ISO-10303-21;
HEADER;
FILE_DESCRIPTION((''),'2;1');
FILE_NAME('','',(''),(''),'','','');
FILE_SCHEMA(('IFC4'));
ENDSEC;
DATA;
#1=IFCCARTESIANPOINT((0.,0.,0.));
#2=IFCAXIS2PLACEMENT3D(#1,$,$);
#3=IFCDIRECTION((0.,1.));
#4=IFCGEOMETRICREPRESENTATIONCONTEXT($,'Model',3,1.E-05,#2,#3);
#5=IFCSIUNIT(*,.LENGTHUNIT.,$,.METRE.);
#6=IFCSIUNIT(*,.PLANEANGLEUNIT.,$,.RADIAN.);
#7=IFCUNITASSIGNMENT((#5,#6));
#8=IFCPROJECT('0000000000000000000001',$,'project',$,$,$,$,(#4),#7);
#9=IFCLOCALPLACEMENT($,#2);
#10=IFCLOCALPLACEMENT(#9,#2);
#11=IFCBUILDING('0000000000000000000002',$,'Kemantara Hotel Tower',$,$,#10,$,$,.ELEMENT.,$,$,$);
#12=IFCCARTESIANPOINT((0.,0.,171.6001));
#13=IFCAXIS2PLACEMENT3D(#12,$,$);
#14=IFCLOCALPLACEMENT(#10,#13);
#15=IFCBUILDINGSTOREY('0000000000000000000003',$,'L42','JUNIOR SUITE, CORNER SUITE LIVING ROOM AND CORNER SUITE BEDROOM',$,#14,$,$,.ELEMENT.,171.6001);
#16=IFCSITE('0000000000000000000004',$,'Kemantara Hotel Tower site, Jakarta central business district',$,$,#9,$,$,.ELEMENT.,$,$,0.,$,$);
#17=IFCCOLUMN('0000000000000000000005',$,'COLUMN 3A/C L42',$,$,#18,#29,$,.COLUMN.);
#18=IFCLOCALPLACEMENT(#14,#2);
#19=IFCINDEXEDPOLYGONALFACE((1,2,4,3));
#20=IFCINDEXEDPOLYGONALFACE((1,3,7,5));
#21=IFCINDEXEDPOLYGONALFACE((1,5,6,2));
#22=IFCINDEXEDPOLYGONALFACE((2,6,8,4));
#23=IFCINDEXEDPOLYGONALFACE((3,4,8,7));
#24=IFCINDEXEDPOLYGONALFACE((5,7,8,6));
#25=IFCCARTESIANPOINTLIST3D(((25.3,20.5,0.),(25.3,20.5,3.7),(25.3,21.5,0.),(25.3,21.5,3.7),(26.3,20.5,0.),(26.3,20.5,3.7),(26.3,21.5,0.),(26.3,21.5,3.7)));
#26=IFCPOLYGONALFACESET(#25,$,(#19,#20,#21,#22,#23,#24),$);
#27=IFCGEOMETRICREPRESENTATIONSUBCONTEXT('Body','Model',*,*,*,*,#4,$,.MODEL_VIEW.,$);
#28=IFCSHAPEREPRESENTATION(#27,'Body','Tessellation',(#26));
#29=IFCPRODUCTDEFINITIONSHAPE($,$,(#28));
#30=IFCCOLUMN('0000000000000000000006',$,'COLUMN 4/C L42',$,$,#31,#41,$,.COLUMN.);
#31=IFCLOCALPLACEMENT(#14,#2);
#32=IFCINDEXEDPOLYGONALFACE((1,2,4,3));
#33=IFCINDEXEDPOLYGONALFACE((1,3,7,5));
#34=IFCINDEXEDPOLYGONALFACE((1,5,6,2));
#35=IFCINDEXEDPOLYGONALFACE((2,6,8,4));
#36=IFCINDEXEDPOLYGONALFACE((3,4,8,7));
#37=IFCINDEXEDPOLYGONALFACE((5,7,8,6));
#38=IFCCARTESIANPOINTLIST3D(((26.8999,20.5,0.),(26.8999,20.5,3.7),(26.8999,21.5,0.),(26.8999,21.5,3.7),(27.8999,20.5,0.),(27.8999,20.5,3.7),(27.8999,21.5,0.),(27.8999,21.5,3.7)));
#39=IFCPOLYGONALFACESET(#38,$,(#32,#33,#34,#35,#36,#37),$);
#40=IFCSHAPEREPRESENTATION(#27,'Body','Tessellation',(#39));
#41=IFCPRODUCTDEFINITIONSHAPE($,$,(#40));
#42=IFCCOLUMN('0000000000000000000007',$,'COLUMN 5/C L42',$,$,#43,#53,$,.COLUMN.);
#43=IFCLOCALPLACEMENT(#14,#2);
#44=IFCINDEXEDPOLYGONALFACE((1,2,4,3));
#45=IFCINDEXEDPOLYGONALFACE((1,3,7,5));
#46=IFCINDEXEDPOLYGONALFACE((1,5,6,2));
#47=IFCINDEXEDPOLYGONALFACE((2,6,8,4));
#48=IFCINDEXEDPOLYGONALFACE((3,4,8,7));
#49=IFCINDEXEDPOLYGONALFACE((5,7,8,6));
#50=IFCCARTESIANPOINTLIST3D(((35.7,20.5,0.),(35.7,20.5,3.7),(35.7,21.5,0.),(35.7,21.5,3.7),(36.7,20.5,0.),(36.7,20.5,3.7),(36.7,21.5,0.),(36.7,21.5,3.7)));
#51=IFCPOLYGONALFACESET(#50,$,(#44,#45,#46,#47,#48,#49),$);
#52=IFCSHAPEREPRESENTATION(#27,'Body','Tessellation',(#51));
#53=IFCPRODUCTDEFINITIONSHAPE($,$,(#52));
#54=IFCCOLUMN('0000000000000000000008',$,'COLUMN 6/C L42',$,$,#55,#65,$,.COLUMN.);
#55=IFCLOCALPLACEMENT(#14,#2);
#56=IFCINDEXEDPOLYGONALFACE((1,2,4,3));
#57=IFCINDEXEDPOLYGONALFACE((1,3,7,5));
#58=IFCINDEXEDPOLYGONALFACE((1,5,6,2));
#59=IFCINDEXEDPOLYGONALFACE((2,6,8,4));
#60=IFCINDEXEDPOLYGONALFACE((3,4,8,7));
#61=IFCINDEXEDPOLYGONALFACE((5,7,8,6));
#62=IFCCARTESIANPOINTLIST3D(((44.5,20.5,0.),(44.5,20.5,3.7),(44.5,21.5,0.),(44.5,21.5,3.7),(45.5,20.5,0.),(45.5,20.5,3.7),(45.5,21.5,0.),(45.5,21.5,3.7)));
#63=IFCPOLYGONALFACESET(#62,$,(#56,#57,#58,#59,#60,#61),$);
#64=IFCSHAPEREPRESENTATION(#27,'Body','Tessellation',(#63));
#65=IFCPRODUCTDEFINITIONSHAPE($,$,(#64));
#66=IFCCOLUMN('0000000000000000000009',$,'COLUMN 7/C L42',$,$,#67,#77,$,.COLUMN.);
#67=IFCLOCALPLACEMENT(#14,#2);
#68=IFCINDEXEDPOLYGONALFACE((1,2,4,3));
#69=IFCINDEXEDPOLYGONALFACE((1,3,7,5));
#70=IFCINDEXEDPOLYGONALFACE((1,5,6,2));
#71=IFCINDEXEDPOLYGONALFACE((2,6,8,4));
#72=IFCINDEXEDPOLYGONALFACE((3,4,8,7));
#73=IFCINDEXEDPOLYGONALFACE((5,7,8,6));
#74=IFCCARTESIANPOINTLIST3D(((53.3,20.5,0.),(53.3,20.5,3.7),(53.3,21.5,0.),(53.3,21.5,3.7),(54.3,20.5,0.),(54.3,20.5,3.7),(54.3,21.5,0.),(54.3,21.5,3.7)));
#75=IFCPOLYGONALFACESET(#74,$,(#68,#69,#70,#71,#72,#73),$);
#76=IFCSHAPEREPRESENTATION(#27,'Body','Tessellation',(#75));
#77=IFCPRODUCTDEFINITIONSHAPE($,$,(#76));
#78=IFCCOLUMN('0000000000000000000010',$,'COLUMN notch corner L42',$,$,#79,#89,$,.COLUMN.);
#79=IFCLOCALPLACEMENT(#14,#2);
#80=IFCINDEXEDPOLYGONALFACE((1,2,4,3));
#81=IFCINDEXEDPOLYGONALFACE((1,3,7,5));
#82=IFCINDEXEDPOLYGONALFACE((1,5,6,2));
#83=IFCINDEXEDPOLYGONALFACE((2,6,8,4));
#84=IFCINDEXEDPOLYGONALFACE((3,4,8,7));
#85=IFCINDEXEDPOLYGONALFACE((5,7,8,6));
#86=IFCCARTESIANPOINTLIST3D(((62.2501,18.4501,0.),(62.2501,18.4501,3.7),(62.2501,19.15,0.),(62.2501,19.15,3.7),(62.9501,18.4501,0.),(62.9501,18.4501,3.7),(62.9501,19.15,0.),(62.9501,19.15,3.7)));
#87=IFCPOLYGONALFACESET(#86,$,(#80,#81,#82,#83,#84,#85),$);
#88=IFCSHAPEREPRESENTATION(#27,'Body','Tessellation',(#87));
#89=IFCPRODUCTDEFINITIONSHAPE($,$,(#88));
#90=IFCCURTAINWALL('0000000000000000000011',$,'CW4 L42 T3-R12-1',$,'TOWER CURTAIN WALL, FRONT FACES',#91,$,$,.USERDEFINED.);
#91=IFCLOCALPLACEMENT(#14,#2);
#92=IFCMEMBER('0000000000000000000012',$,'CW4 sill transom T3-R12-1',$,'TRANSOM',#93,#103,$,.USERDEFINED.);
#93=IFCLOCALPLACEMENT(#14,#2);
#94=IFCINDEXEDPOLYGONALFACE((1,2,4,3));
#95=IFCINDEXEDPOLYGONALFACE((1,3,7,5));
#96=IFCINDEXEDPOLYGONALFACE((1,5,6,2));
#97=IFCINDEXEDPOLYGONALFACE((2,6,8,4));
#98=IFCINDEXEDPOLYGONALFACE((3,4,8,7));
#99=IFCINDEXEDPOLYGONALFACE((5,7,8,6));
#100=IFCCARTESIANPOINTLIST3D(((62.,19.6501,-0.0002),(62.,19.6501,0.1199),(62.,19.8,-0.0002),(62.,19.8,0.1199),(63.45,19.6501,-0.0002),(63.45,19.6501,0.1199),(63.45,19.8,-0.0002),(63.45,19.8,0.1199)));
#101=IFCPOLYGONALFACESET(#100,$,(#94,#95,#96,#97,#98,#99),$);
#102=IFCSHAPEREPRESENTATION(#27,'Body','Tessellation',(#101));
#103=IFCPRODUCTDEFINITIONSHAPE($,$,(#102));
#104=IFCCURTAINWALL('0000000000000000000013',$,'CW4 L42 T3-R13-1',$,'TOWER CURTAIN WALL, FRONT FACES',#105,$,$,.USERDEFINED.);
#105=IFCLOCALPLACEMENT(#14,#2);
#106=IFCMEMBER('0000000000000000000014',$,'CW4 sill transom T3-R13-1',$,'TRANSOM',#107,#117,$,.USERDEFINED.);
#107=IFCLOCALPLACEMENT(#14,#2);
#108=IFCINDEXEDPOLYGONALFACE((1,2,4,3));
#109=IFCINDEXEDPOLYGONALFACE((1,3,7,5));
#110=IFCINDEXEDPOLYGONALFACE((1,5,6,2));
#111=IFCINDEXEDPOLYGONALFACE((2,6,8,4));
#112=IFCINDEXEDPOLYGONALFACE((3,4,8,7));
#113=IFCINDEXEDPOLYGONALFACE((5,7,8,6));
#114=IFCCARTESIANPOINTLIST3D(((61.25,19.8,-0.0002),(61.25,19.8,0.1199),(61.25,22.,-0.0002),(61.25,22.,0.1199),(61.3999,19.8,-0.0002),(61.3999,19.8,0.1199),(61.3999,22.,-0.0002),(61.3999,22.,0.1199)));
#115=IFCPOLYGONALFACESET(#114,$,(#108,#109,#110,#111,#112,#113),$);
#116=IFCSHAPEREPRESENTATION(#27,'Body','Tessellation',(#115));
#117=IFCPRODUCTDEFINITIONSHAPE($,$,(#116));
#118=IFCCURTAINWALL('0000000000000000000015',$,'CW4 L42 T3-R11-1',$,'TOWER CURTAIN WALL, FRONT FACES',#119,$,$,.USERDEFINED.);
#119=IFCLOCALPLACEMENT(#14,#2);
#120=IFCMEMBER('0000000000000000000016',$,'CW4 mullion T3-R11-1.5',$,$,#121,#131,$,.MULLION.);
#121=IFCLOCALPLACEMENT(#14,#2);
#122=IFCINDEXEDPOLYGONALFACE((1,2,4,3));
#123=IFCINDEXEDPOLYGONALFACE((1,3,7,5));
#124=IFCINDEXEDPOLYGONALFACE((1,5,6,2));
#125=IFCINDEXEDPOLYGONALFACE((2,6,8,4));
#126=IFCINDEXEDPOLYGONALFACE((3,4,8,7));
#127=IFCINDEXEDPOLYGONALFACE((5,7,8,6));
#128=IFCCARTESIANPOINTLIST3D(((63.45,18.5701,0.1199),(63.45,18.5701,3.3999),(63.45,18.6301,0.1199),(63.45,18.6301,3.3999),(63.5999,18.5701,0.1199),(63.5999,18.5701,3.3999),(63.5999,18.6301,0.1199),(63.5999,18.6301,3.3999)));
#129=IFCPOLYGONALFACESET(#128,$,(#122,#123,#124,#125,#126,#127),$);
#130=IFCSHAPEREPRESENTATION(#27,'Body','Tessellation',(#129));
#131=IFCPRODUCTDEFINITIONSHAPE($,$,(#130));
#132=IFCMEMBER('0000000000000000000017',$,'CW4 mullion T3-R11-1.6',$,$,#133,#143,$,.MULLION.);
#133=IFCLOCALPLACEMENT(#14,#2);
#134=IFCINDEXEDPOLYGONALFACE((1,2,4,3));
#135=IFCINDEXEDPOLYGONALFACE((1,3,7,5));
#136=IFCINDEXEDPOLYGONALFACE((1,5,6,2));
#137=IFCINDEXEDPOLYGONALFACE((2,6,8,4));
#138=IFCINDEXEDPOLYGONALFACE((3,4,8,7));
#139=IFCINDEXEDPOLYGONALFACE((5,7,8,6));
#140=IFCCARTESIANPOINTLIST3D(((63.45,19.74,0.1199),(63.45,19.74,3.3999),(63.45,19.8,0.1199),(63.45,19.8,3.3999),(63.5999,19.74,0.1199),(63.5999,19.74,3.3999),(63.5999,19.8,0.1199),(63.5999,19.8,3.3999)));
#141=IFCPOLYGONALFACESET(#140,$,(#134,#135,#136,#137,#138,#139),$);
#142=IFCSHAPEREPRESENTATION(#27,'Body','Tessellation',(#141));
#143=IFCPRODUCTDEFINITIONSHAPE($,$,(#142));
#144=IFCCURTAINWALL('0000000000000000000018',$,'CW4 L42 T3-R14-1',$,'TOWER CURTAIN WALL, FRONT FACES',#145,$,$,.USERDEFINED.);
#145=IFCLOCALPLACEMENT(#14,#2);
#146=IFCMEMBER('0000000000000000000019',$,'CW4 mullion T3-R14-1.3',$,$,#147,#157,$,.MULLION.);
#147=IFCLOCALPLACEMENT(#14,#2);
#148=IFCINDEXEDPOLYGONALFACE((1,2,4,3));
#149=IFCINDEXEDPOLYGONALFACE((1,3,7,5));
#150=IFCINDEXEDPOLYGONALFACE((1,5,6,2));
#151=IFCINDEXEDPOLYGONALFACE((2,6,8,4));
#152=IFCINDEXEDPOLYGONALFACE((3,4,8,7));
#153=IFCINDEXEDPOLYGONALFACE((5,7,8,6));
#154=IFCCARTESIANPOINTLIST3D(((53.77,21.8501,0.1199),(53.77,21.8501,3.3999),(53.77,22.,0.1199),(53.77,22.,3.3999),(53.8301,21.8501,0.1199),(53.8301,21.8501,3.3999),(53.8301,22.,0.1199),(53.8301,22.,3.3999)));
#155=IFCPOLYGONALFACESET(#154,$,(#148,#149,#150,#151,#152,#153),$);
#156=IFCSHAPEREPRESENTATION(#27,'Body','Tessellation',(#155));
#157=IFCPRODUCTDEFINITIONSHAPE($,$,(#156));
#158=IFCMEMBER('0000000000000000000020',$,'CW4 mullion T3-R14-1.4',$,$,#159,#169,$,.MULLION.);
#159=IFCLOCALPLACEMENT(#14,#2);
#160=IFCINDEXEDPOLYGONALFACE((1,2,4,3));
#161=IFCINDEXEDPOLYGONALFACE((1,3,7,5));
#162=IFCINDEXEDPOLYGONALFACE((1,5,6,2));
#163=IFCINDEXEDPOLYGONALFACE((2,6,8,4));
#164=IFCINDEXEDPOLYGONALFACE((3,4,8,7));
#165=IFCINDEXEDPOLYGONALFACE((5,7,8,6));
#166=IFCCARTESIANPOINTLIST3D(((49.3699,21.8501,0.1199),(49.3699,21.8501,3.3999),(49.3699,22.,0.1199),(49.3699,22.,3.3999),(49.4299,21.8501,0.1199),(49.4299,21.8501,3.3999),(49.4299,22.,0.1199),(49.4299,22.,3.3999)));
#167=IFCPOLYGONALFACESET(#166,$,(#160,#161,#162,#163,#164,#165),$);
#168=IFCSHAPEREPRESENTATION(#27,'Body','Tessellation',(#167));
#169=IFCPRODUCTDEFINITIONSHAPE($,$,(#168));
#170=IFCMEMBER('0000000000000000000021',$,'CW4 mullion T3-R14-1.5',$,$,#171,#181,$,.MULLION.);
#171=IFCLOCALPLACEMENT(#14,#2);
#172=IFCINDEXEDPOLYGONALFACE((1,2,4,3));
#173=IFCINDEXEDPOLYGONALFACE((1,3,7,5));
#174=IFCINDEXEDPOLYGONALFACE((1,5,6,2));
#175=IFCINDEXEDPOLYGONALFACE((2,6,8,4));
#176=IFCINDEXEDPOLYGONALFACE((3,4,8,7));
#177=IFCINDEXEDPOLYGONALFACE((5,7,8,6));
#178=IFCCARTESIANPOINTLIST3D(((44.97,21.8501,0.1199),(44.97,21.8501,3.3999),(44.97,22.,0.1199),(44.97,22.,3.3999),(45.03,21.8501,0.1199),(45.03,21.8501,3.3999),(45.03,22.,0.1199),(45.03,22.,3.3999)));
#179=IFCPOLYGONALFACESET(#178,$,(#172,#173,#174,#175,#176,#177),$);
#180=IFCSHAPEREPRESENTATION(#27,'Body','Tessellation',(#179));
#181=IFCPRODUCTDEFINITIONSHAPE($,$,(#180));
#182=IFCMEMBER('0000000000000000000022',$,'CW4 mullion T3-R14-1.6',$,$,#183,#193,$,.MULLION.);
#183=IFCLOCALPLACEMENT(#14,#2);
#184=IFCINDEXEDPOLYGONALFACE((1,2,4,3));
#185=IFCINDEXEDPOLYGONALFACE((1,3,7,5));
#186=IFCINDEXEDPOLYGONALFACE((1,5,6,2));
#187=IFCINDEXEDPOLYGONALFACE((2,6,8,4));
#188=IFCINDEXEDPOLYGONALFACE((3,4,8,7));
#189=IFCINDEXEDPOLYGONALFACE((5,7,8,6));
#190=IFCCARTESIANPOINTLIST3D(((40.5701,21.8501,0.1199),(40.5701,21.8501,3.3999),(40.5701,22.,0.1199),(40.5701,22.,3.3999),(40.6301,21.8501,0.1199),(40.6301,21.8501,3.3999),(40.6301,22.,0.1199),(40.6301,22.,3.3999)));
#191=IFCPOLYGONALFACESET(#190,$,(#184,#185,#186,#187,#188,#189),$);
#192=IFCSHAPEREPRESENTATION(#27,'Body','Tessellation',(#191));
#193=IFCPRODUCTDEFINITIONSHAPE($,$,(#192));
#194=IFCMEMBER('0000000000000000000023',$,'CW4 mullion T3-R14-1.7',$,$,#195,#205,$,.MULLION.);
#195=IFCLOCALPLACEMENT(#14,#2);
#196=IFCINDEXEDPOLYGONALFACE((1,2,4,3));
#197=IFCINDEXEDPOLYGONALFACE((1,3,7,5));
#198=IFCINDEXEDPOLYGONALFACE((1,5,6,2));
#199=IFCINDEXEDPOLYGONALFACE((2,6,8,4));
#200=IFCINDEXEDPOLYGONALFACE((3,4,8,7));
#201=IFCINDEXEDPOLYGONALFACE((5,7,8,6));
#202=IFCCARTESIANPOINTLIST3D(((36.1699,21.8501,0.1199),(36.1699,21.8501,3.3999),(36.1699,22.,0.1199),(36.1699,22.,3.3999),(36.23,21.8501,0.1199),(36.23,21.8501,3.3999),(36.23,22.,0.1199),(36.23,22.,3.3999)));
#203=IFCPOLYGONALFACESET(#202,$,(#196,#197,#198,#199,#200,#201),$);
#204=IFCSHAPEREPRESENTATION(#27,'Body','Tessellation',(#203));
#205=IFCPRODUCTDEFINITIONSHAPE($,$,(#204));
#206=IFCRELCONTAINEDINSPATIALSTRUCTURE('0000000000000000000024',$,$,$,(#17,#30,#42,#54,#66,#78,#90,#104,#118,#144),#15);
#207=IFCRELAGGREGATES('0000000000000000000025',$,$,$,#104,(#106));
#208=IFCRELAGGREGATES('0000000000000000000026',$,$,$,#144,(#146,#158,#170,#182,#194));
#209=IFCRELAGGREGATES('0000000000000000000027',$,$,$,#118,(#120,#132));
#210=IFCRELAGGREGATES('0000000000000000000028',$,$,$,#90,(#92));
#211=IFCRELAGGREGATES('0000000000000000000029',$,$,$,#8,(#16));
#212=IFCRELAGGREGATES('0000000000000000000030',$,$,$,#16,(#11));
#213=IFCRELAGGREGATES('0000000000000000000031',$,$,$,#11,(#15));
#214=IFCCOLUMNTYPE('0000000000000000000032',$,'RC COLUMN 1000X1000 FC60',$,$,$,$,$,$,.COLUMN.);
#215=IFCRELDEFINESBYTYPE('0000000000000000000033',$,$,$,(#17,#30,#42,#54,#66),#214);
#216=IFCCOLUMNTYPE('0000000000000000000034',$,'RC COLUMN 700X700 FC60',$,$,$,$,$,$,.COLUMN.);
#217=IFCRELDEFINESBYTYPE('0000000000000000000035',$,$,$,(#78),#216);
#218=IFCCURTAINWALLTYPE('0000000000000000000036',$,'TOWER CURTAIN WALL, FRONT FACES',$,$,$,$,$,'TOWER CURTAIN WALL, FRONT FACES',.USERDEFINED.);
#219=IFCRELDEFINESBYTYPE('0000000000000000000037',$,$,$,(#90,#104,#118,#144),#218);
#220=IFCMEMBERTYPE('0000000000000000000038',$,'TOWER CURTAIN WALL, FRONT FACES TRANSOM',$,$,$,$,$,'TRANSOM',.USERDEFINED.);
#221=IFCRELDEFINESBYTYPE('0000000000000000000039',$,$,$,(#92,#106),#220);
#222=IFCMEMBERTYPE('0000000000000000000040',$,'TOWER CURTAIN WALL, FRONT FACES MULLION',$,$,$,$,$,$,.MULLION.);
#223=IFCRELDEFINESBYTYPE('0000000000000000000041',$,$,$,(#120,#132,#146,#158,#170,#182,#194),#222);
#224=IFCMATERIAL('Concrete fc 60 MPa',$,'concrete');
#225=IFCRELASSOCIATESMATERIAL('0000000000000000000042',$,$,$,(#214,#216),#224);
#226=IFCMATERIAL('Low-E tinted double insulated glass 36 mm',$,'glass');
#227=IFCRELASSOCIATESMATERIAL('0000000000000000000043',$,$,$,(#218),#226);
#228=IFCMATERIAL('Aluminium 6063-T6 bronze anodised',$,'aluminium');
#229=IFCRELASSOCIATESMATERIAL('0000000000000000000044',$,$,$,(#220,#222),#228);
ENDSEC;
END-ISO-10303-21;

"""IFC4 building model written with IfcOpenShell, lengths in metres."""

from ifc_helpers import new_model, si_unit, direction, frame, origin, origin_2d, place, context, subcontext, project, spatial, rectangle, extrude, source, transform, mapped, material, material_profile, profile_set, type_object, element, aggregate, save


model = new_model("IFC4")

# Units and contexts
model_context = context("Model", 3, precision=1e-05, world=origin(), true_north=direction((0.0, 1.0)))
body_context = subcontext(model_context, "Body", "Model", "MODEL_VIEW")
ifc_project = project(units=[si_unit("LENGTHUNIT", "METRE"), si_unit("PLANEANGLEUNIT", "RADIAN")], contexts=[model_context])

# Site, building, storey
site_placement = place(None, origin())
site = spatial("IfcSite", under=ifc_project, at=site_placement, Name="Kemantara Hotel Tower site, Jakarta central business district", CompositionType="ELEMENT", RefElevation=0.0)
building_placement = place(site_placement, origin())
building = spatial("IfcBuilding", under=site, at=building_placement, Name="Kemantara Hotel Tower", CompositionType="ELEMENT")
storey_placement = place(building_placement, frame((0.0, 0.0, 171.6001)))
storey = spatial("IfcBuildingStorey", under=building, at=storey_placement, Name="L42", Description="JUNIOR SUITE, CORNER SUITE LIVING ROOM AND CORNER SUITE BEDROOM", CompositionType="ELEMENT", Elevation=171.6001)

# Columns
ifc_material_1 = material(Name="Concrete fc 60 MPa", Category="concrete")
ifc_material_profile_1 = material_profile(ifc_material_1, rectangle(XDim=1.0, YDim=1.0, at=origin_2d()), Name="RC 1000X1000")
ifc_profile_set_1 = profile_set([ifc_material_profile_1], Name="Concrete fc 60 MPa")
column_type_1 = type_object("IfcColumnType", Name="RC COLUMN 1000X1000 FC60", PredefinedType="COLUMN", material=ifc_profile_set_1)
for number, where, z_axis, x_axis, name in (
    (1, (25.8, 21.0, 0.0), (0.0, 0.0, 1.0), (1.0, 0.0, 0.0), "COLUMN 3A/C L42"),
    (2, (27.3999, 21.0, 0.0), (0.0, 0.0, 1.0), (1.0, 0.0, 0.0), "COLUMN 4/C L42"),
    (3, (36.2, 21.0, 0.0), (0.0, 0.0, 1.0), (1.0, 0.0, 0.0), "COLUMN 5/C L42"),
    (4, (45.0, 21.0, 0.0), (0.0, 0.0, 1.0), (1.0, 0.0, 0.0), "COLUMN 6/C L42"),
    (5, (53.8, 21.0, 0.0), (0.0, 0.0, 1.0), (1.0, 0.0, 0.0), "COLUMN 7/C L42"),
):
    element("IfcColumn", number, at=place(storey_placement, frame(where, z_axis=z_axis, x_axis=x_axis)), inside=storey, type_object=column_type_1, Name=name, PredefinedType="COLUMN", context=body_context, shape_type="SweptSolid", body=[
        extrude(rectangle(XDim=1.0, YDim=1.0, at=origin_2d()), origin(), (0.0, 0.0, 1.0), 3.7),
    ])
ifc_material_profile_2 = material_profile(ifc_material_1, rectangle(XDim=0.7, YDim=0.7, at=origin_2d()), Name="RC 700X700")
ifc_profile_set_2 = profile_set([ifc_material_profile_2], Name="Concrete fc 60 MPa")
column_type_2 = type_object("IfcColumnType", Name="RC COLUMN 700X700 FC60", PredefinedType="COLUMN", material=ifc_profile_set_2)
column_placement = place(storey_placement, frame((62.6001, 18.8, 0.0), z_axis=(0.0, 0.0, 1.0), x_axis=(1.0, 0.0, 0.0)))
element("IfcColumn", 6, at=column_placement, inside=storey, type_object=column_type_2, Name="COLUMN notch corner L42", PredefinedType="COLUMN", context=body_context, shape_type="SweptSolid", body=[
    extrude(rectangle(XDim=0.7, YDim=0.7, at=origin_2d()), origin(), (0.0, 0.0, 1.0), 3.7),
])

# Curtain walls, members
ifc_material_2 = material(Name="Low-E tinted double insulated glass 36 mm", Category="glass")
curtain_wall_type = type_object("IfcCurtainWallType", Name="TOWER CURTAIN WALL, FRONT FACES", ElementType="TOWER CURTAIN WALL, FRONT FACES", PredefinedType="USERDEFINED", material=ifc_material_2)
curtain_wall_1_placement = place(storey_placement, origin())
curtain_wall_1 = element("IfcCurtainWall", 7, at=curtain_wall_1_placement, inside=storey, type_object=curtain_wall_type, Name="CW4 L42 T3-R12-1", ObjectType="TOWER CURTAIN WALL, FRONT FACES", PredefinedType="USERDEFINED")
ifc_material_3 = material(Name="Aluminium 6063-T6 bronze anodised", Category="aluminium")
ifc_material_profile_3 = material_profile(ifc_material_3, rectangle(XDim=0.1499, YDim=0.1201, at=origin_2d()), Name="TOWER CURTAIN WALL, FRONT FACES TRANSOM")
ifc_profile_set_3 = profile_set([ifc_material_profile_3], Name="Aluminium 6063-T6 bronze anodised")
member_type_1 = type_object("IfcMemberType", Name="TOWER CURTAIN WALL, FRONT FACES TRANSOM", ElementType="TRANSOM", PredefinedType="USERDEFINED", material=ifc_profile_set_3)
member_1_placement = place(storey_placement, frame((63.45, 19.7251, 0.0598), z_axis=(-1.0, 0.0, 0.0), x_axis=(0.0, -1.0, 0.0)))
member_1 = element("IfcMember", 8, at=member_1_placement, type_object=member_type_1, Name="CW4 sill transom T3-R12-1", ObjectType="TRANSOM", PredefinedType="USERDEFINED", context=body_context, shape_type="SweptSolid", body=[
    extrude(rectangle(XDim=0.1499, YDim=0.1201, at=origin_2d()), origin(), (0.0, 0.0, 1.0), 1.45),
])
curtain_wall_2_placement = place(storey_placement, origin())
curtain_wall_2 = element("IfcCurtainWall", 9, at=curtain_wall_2_placement, inside=storey, type_object=curtain_wall_type, Name="CW4 L42 T3-R13-1", ObjectType="TOWER CURTAIN WALL, FRONT FACES", PredefinedType="USERDEFINED")
member_2_placement = place(storey_placement, frame((61.325, 19.8, 0.0598), z_axis=(0.0, 1.0, 0.0), x_axis=(-1.0, 0.0, 0.0)))
member_2 = element("IfcMember", 10, at=member_2_placement, type_object=member_type_1, Name="CW4 sill transom T3-R13-1", ObjectType="TRANSOM", PredefinedType="USERDEFINED", context=body_context, shape_type="SweptSolid", body=[
    extrude(rectangle(XDim=0.1499, YDim=0.1201, at=origin_2d()), origin(), (0.0, 0.0, 1.0), 2.2),
])

# Curtain walls, members
curtain_wall_3_placement = place(storey_placement, origin())
curtain_wall_3 = element("IfcCurtainWall", 11, at=curtain_wall_3_placement, inside=storey, type_object=curtain_wall_type, Name="CW4 L42 T3-R11-1", ObjectType="TOWER CURTAIN WALL, FRONT FACES", PredefinedType="USERDEFINED")
ifc_material_profile_4 = material_profile(ifc_material_3, rectangle(XDim=0.1499, YDim=0.0601, at=origin_2d()), Name="TOWER CURTAIN WALL, FRONT FACES MULLION")
ifc_profile_set_4 = profile_set([ifc_material_profile_4], Name="Aluminium 6063-T6 bronze anodised")
member_type_2 = type_object("IfcMemberType", Name="TOWER CURTAIN WALL, FRONT FACES MULLION", PredefinedType="MULLION", material=ifc_profile_set_4)
shared_shape_1 = source(origin(), body_context, "Body", "SweptSolid", [
    extrude(rectangle(XDim=0.1499, YDim=0.0601, at=origin_2d()), origin(), (0.0, 0.0, 1.0), 3.28),
])
member_3_placement = place(storey_placement, frame((63.5249, 18.6001, 0.1199), z_axis=(0.0, 0.0, 1.0), x_axis=(-1.0, 0.0, 0.0)))
member_3 = element("IfcMember", 12, at=member_3_placement, type_object=member_type_2, Name="CW4 mullion T3-R11-1.5", PredefinedType="MULLION", context=body_context, shape_type="MappedRepresentation", body=[
    mapped(shared_shape_1, transform((0.0, 0.0, 0.0))),
])
member_4_placement = place(storey_placement, frame((63.5249, 19.77, 0.1199), z_axis=(0.0, 0.0, 1.0), x_axis=(-1.0, 0.0, 0.0)))
member_4 = element("IfcMember", 13, at=member_4_placement, type_object=member_type_2, Name="CW4 mullion T3-R11-1.6", PredefinedType="MULLION", context=body_context, shape_type="MappedRepresentation", body=[
    mapped(shared_shape_1, transform((0.0, 0.0, 0.0))),
])
curtain_wall_4_placement = place(storey_placement, origin())
curtain_wall_4 = element("IfcCurtainWall", 14, at=curtain_wall_4_placement, inside=storey, type_object=curtain_wall_type, Name="CW4 L42 T3-R14-1", ObjectType="TOWER CURTAIN WALL, FRONT FACES", PredefinedType="USERDEFINED")
member_5_placement = place(storey_placement, frame((53.8, 21.925, 0.1199), z_axis=(0.0, 0.0, 1.0), x_axis=(0.0, -1.0, 0.0)))
member_5 = element("IfcMember", 15, at=member_5_placement, type_object=member_type_2, Name="CW4 mullion T3-R14-1.3", PredefinedType="MULLION", context=body_context, shape_type="MappedRepresentation", body=[
    mapped(shared_shape_1, transform((0.0, 0.0, 0.0))),
])
member_6_placement = place(storey_placement, frame((49.3999, 21.925, 0.1199), z_axis=(0.0, 0.0, 1.0), x_axis=(0.0, -1.0, 0.0)))
member_6 = element("IfcMember", 16, at=member_6_placement, type_object=member_type_2, Name="CW4 mullion T3-R14-1.4", PredefinedType="MULLION", context=body_context, shape_type="MappedRepresentation", body=[
    mapped(shared_shape_1, transform((0.0, 0.0, 0.0))),
])
member_7_placement = place(storey_placement, frame((45.0, 21.925, 0.1199), z_axis=(0.0, 0.0, 1.0), x_axis=(0.0, -1.0, 0.0)))
member_7 = element("IfcMember", 17, at=member_7_placement, type_object=member_type_2, Name="CW4 mullion T3-R14-1.5", PredefinedType="MULLION", context=body_context, shape_type="MappedRepresentation", body=[
    mapped(shared_shape_1, transform((0.0, 0.0, 0.0))),
])
member_8_placement = place(storey_placement, frame((40.6001, 21.925, 0.1199), z_axis=(0.0, 0.0, 1.0), x_axis=(0.0, -1.0, 0.0)))
member_8 = element("IfcMember", 18, at=member_8_placement, type_object=member_type_2, Name="CW4 mullion T3-R14-1.6", PredefinedType="MULLION", context=body_context, shape_type="MappedRepresentation", body=[
    mapped(shared_shape_1, transform((0.0, 0.0, 0.0))),
])
member_9_placement = place(storey_placement, frame((36.2, 21.925, 0.1199), z_axis=(0.0, 0.0, 1.0), x_axis=(0.0, -1.0, 0.0)))
member_9 = element("IfcMember", 19, at=member_9_placement, type_object=member_type_2, Name="CW4 mullion T3-R14-1.7", PredefinedType="MULLION", context=body_context, shape_type="MappedRepresentation", body=[
    mapped(shared_shape_1, transform((0.0, 0.0, 0.0))),
])

aggregate(curtain_wall_2, [member_2])
aggregate(curtain_wall_4, [member_5, member_6, member_7, member_8, member_9])
aggregate(curtain_wall_3, [member_3, member_4])
aggregate(curtain_wall_1, [member_1])

save(model, "model.ifc")
